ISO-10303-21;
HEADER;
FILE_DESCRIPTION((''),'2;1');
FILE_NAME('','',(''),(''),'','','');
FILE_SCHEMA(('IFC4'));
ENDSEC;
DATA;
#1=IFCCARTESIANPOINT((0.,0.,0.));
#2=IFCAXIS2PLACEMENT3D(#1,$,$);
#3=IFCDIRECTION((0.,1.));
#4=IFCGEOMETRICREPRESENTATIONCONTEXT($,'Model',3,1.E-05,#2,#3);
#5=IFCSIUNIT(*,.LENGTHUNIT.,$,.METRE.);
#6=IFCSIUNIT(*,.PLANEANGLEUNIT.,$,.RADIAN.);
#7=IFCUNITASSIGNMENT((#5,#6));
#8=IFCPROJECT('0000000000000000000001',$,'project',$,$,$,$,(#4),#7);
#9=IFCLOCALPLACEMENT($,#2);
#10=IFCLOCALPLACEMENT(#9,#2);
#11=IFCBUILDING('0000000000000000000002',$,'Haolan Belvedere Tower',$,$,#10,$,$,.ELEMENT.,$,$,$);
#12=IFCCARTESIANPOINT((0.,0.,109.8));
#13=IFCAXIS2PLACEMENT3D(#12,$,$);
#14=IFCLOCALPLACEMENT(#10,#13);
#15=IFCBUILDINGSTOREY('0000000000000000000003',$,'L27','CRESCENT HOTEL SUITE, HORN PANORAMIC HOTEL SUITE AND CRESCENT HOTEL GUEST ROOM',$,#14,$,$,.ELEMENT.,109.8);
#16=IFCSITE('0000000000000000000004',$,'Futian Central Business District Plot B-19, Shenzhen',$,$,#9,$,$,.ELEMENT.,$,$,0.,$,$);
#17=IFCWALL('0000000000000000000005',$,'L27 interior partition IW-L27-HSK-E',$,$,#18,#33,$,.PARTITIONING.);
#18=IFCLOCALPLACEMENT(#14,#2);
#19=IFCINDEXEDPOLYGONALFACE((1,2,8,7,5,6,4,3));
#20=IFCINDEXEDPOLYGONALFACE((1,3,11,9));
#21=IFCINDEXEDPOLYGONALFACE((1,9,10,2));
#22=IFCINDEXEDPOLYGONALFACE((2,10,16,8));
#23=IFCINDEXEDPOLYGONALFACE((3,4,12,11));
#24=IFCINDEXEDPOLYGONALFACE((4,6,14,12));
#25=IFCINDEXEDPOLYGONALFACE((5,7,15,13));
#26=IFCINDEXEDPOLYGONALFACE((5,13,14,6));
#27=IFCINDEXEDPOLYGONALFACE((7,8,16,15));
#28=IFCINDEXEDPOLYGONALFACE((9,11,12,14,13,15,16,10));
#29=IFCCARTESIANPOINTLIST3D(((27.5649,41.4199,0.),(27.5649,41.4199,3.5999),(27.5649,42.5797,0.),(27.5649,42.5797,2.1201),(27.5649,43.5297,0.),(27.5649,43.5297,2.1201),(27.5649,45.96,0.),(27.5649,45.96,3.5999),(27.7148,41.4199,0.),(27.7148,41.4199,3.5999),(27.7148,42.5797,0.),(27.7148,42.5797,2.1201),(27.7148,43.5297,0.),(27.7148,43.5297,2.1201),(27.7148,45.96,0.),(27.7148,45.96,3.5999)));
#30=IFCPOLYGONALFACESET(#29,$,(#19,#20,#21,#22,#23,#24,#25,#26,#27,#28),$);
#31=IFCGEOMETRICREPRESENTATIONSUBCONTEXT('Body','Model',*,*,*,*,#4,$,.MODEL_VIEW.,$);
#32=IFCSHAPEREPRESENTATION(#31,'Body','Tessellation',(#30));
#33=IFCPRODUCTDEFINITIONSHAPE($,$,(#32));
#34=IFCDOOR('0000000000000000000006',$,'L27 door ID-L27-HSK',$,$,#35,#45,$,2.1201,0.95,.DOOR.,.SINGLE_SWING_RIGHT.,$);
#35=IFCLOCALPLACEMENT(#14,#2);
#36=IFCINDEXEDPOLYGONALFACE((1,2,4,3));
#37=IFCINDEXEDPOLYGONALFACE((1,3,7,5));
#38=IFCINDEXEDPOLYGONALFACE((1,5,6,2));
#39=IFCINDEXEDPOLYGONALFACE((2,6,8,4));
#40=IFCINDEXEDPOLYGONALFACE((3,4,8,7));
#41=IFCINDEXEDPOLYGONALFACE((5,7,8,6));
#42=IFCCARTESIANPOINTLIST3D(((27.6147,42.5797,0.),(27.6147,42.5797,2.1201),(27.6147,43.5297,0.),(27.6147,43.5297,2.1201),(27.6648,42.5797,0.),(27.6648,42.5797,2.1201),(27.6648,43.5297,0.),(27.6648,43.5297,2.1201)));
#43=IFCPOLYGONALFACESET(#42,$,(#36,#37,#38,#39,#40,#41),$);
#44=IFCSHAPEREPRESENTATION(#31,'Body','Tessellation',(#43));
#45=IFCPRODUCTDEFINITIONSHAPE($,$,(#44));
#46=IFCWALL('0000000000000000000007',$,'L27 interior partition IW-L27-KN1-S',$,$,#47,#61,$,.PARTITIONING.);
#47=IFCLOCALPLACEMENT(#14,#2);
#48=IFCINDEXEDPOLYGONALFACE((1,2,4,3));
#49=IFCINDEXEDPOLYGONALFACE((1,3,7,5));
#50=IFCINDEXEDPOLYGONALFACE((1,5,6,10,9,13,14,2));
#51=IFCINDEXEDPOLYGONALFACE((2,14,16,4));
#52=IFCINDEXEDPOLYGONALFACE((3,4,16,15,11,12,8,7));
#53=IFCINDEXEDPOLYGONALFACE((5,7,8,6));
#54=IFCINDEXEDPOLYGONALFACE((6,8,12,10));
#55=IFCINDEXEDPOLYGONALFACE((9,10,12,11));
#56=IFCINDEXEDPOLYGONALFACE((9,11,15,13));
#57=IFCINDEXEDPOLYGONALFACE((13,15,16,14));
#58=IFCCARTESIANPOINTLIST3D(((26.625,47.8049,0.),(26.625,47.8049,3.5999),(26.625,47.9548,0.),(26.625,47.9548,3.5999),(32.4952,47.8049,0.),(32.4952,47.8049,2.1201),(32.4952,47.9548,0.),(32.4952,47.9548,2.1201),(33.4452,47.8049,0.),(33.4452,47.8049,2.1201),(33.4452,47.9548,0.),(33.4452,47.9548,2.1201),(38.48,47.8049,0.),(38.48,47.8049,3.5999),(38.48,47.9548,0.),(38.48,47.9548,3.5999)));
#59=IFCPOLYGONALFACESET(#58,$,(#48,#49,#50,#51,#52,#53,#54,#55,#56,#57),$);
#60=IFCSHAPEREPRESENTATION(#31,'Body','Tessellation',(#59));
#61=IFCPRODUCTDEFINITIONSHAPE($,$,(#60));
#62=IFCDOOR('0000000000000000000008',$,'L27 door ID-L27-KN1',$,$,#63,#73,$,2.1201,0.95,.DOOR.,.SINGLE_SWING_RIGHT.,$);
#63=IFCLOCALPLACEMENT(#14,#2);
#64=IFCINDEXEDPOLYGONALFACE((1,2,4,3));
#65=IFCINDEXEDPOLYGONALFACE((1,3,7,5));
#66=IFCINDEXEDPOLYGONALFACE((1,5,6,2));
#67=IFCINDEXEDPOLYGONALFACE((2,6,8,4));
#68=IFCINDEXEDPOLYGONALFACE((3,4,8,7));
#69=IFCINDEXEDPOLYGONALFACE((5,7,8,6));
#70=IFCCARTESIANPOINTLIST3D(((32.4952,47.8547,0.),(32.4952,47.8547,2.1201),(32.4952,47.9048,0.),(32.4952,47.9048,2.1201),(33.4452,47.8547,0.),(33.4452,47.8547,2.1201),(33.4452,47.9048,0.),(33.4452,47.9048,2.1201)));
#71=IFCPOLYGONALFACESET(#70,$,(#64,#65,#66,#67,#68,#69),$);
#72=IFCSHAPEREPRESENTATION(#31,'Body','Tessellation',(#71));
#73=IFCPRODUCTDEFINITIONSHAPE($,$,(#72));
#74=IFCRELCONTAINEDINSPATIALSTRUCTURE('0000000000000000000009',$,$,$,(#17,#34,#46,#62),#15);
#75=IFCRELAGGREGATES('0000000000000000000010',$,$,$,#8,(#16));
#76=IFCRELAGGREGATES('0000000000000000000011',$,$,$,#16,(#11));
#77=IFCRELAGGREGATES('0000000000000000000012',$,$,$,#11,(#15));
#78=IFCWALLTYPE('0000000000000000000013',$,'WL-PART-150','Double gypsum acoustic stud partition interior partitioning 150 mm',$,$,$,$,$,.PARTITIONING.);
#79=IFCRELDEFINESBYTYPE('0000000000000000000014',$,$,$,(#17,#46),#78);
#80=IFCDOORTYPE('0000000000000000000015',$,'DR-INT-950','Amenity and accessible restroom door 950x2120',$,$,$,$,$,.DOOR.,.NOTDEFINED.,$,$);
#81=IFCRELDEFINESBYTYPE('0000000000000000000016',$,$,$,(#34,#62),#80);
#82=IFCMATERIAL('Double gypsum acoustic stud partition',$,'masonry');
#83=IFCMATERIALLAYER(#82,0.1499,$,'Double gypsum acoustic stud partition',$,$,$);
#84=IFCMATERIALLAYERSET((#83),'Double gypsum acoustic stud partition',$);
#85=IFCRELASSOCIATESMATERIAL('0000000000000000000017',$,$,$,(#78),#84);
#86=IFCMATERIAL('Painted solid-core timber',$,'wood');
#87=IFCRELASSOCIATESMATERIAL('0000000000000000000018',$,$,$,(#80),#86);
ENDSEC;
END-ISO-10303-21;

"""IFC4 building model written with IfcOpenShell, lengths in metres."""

from ifc_helpers import new_model, si_unit, direction, frame, frame_2d, origin, place, context, subcontext, project, spatial, rectangle, extrude, material, layer, layer_set, type_object, element, fill, save


model = new_model("IFC4")

# Units and contexts
model_context = context("Model", 3, precision=1e-05, world=origin(), true_north=direction((0.0, 1.0)))
body_context = subcontext(model_context, "Body", "Model", "MODEL_VIEW")
ifc_project = project(units=[si_unit("LENGTHUNIT", "METRE"), si_unit("PLANEANGLEUNIT", "RADIAN")], contexts=[model_context])

# Site, building, storey
site_placement = place(None, origin())
site = spatial("IfcSite", under=ifc_project, at=site_placement, Name="Futian Central Business District Plot B-19, Shenzhen", CompositionType="ELEMENT", RefElevation=0.0)
building_placement = place(site_placement, origin())
building = spatial("IfcBuilding", under=site, at=building_placement, Name="Haolan Belvedere Tower", CompositionType="ELEMENT")
storey_placement = place(building_placement, frame((0.0, 0.0, 109.8)))
storey = spatial("IfcBuildingStorey", under=building, at=storey_placement, Name="L27", Description="CRESCENT HOTEL SUITE, HORN PANORAMIC HOTEL SUITE AND CRESCENT HOTEL GUEST ROOM", CompositionType="ELEMENT", Elevation=109.8)

# Shared definitions
ifc_material_1 = material(Name="Double gypsum acoustic stud partition", Category="masonry")
ifc_layer_1 = layer(ifc_material_1, 0.1499, Name="Double gypsum acoustic stud partition")
ifc_layer_set_1 = layer_set([ifc_layer_1], Name="Double gypsum acoustic stud partition")
wall_type_1 = type_object("IfcWallType", Name="WL-PART-150", Description="Double gypsum acoustic stud partition interior partitioning 150 mm", PredefinedType="PARTITIONING", material=ifc_layer_set_1)

# Walls, openings, doors
wall_1_placement = place(storey_placement, frame((27.6399, 41.4199, 0.0), z_axis=(0.0, 0.0, 1.0), x_axis=(0.0, 1.0, 0.0)))
wall_1 = element("IfcWall", 1, at=wall_1_placement, inside=storey, type_object=wall_type_1, Name="L27 interior partition IW-L27-HSK-E", PredefinedType="PARTITIONING", context=body_context, shape_type="SweptSolid", body=[
    extrude(rectangle(XDim=4.54, YDim=0.1499, at=frame_2d((2.27, 0.0))), origin(), (0.0, 0.0, 1.0), 3.5999),
])
opening_1_placement = place(wall_1_placement, frame((2.1099, 0.0, 0.0), z_axis=(0.0, 0.0, 1.0), x_axis=(-1.0, 0.0, 0.0)))
opening_1 = element("IfcOpeningElement", 2, at=opening_1_placement, cuts=wall_1, PredefinedType="OPENING", context=body_context, shape_type="SweptSolid", body=[
    extrude(rectangle(XDim=0.95, YDim=2.1201, at=frame_2d((0.4751, 1.0601))), frame((0.0, 0.085, 0.0), z_axis=(0.0, -1.0, 0.0), x_axis=(1.0, 0.0, 0.0)), (0.0, 0.0, 1.0), 0.1699),
])
ifc_material_2 = material(Name="Painted solid-core timber", Category="wood")
door_type_1 = type_object("IfcDoorType", Name="DR-INT-950", Description="Amenity and accessible restroom door 950x2120", OperationType="NOTDEFINED", PredefinedType="DOOR", material=ifc_material_2)
door_1_placement = place(opening_1_placement, origin())
door_1 = element("IfcDoor", 3, at=door_1_placement, inside=storey, type_object=door_type_1, Name="L27 door ID-L27-HSK", OperationType="SINGLE_SWING_RIGHT", OverallHeight=2.1201, OverallWidth=0.95, PredefinedType="DOOR", context=body_context, shape_type="SweptSolid", body=[
    extrude(rectangle(XDim=0.95, YDim=2.1201, at=frame_2d((0.4751, 1.0601))), frame((0.0, 0.0249, 0.0), z_axis=(0.0, -1.0, 0.0), x_axis=(1.0, 0.0, 0.0)), (0.0, 0.0, 1.0), 0.05),
])
fill(opening_1, door_1)
wall_2_placement = place(storey_placement, frame((26.625, 47.8799, 0.0), z_axis=(0.0, 0.0, 1.0), x_axis=(1.0, 0.0, 0.0)))
wall_2 = element("IfcWall", 4, at=wall_2_placement, inside=storey, type_object=wall_type_1, Name="L27 interior partition IW-L27-KN1-S", PredefinedType="PARTITIONING", context=body_context, shape_type="SweptSolid", body=[
    extrude(rectangle(XDim=11.855, YDim=0.1499, at=frame_2d((5.9275, 0.0))), origin(), (0.0, 0.0, 1.0), 3.5999),
])
opening_2_placement = place(wall_2_placement, frame((5.8701, 0.0, 0.0)))
opening_2 = element("IfcOpeningElement", 5, at=opening_2_placement, cuts=wall_2, PredefinedType="OPENING", context=body_context, shape_type="SweptSolid", body=[
    extrude(rectangle(XDim=0.95, YDim=2.1201, at=frame_2d((0.4751, 1.0601))), frame((0.0, 0.085, 0.0), z_axis=(0.0, -1.0, 0.0), x_axis=(1.0, 0.0, 0.0)), (0.0, 0.0, 1.0), 0.1699),
])
door_2_placement = place(opening_2_placement, origin())
door_2 = element("IfcDoor", 6, at=door_2_placement, inside=storey, type_object=door_type_1, Name="L27 door ID-L27-KN1", OperationType="SINGLE_SWING_RIGHT", OverallHeight=2.1201, OverallWidth=0.95, PredefinedType="DOOR", context=body_context, shape_type="SweptSolid", body=[
    extrude(rectangle(XDim=0.95, YDim=2.1201, at=frame_2d((0.4751, 1.0601))), frame((0.0, 0.0249, 0.0), z_axis=(0.0, -1.0, 0.0), x_axis=(1.0, 0.0, 0.0)), (0.0, 0.0, 1.0), 0.05),
])
fill(opening_2, door_2)

save(model, "model.ifc")
